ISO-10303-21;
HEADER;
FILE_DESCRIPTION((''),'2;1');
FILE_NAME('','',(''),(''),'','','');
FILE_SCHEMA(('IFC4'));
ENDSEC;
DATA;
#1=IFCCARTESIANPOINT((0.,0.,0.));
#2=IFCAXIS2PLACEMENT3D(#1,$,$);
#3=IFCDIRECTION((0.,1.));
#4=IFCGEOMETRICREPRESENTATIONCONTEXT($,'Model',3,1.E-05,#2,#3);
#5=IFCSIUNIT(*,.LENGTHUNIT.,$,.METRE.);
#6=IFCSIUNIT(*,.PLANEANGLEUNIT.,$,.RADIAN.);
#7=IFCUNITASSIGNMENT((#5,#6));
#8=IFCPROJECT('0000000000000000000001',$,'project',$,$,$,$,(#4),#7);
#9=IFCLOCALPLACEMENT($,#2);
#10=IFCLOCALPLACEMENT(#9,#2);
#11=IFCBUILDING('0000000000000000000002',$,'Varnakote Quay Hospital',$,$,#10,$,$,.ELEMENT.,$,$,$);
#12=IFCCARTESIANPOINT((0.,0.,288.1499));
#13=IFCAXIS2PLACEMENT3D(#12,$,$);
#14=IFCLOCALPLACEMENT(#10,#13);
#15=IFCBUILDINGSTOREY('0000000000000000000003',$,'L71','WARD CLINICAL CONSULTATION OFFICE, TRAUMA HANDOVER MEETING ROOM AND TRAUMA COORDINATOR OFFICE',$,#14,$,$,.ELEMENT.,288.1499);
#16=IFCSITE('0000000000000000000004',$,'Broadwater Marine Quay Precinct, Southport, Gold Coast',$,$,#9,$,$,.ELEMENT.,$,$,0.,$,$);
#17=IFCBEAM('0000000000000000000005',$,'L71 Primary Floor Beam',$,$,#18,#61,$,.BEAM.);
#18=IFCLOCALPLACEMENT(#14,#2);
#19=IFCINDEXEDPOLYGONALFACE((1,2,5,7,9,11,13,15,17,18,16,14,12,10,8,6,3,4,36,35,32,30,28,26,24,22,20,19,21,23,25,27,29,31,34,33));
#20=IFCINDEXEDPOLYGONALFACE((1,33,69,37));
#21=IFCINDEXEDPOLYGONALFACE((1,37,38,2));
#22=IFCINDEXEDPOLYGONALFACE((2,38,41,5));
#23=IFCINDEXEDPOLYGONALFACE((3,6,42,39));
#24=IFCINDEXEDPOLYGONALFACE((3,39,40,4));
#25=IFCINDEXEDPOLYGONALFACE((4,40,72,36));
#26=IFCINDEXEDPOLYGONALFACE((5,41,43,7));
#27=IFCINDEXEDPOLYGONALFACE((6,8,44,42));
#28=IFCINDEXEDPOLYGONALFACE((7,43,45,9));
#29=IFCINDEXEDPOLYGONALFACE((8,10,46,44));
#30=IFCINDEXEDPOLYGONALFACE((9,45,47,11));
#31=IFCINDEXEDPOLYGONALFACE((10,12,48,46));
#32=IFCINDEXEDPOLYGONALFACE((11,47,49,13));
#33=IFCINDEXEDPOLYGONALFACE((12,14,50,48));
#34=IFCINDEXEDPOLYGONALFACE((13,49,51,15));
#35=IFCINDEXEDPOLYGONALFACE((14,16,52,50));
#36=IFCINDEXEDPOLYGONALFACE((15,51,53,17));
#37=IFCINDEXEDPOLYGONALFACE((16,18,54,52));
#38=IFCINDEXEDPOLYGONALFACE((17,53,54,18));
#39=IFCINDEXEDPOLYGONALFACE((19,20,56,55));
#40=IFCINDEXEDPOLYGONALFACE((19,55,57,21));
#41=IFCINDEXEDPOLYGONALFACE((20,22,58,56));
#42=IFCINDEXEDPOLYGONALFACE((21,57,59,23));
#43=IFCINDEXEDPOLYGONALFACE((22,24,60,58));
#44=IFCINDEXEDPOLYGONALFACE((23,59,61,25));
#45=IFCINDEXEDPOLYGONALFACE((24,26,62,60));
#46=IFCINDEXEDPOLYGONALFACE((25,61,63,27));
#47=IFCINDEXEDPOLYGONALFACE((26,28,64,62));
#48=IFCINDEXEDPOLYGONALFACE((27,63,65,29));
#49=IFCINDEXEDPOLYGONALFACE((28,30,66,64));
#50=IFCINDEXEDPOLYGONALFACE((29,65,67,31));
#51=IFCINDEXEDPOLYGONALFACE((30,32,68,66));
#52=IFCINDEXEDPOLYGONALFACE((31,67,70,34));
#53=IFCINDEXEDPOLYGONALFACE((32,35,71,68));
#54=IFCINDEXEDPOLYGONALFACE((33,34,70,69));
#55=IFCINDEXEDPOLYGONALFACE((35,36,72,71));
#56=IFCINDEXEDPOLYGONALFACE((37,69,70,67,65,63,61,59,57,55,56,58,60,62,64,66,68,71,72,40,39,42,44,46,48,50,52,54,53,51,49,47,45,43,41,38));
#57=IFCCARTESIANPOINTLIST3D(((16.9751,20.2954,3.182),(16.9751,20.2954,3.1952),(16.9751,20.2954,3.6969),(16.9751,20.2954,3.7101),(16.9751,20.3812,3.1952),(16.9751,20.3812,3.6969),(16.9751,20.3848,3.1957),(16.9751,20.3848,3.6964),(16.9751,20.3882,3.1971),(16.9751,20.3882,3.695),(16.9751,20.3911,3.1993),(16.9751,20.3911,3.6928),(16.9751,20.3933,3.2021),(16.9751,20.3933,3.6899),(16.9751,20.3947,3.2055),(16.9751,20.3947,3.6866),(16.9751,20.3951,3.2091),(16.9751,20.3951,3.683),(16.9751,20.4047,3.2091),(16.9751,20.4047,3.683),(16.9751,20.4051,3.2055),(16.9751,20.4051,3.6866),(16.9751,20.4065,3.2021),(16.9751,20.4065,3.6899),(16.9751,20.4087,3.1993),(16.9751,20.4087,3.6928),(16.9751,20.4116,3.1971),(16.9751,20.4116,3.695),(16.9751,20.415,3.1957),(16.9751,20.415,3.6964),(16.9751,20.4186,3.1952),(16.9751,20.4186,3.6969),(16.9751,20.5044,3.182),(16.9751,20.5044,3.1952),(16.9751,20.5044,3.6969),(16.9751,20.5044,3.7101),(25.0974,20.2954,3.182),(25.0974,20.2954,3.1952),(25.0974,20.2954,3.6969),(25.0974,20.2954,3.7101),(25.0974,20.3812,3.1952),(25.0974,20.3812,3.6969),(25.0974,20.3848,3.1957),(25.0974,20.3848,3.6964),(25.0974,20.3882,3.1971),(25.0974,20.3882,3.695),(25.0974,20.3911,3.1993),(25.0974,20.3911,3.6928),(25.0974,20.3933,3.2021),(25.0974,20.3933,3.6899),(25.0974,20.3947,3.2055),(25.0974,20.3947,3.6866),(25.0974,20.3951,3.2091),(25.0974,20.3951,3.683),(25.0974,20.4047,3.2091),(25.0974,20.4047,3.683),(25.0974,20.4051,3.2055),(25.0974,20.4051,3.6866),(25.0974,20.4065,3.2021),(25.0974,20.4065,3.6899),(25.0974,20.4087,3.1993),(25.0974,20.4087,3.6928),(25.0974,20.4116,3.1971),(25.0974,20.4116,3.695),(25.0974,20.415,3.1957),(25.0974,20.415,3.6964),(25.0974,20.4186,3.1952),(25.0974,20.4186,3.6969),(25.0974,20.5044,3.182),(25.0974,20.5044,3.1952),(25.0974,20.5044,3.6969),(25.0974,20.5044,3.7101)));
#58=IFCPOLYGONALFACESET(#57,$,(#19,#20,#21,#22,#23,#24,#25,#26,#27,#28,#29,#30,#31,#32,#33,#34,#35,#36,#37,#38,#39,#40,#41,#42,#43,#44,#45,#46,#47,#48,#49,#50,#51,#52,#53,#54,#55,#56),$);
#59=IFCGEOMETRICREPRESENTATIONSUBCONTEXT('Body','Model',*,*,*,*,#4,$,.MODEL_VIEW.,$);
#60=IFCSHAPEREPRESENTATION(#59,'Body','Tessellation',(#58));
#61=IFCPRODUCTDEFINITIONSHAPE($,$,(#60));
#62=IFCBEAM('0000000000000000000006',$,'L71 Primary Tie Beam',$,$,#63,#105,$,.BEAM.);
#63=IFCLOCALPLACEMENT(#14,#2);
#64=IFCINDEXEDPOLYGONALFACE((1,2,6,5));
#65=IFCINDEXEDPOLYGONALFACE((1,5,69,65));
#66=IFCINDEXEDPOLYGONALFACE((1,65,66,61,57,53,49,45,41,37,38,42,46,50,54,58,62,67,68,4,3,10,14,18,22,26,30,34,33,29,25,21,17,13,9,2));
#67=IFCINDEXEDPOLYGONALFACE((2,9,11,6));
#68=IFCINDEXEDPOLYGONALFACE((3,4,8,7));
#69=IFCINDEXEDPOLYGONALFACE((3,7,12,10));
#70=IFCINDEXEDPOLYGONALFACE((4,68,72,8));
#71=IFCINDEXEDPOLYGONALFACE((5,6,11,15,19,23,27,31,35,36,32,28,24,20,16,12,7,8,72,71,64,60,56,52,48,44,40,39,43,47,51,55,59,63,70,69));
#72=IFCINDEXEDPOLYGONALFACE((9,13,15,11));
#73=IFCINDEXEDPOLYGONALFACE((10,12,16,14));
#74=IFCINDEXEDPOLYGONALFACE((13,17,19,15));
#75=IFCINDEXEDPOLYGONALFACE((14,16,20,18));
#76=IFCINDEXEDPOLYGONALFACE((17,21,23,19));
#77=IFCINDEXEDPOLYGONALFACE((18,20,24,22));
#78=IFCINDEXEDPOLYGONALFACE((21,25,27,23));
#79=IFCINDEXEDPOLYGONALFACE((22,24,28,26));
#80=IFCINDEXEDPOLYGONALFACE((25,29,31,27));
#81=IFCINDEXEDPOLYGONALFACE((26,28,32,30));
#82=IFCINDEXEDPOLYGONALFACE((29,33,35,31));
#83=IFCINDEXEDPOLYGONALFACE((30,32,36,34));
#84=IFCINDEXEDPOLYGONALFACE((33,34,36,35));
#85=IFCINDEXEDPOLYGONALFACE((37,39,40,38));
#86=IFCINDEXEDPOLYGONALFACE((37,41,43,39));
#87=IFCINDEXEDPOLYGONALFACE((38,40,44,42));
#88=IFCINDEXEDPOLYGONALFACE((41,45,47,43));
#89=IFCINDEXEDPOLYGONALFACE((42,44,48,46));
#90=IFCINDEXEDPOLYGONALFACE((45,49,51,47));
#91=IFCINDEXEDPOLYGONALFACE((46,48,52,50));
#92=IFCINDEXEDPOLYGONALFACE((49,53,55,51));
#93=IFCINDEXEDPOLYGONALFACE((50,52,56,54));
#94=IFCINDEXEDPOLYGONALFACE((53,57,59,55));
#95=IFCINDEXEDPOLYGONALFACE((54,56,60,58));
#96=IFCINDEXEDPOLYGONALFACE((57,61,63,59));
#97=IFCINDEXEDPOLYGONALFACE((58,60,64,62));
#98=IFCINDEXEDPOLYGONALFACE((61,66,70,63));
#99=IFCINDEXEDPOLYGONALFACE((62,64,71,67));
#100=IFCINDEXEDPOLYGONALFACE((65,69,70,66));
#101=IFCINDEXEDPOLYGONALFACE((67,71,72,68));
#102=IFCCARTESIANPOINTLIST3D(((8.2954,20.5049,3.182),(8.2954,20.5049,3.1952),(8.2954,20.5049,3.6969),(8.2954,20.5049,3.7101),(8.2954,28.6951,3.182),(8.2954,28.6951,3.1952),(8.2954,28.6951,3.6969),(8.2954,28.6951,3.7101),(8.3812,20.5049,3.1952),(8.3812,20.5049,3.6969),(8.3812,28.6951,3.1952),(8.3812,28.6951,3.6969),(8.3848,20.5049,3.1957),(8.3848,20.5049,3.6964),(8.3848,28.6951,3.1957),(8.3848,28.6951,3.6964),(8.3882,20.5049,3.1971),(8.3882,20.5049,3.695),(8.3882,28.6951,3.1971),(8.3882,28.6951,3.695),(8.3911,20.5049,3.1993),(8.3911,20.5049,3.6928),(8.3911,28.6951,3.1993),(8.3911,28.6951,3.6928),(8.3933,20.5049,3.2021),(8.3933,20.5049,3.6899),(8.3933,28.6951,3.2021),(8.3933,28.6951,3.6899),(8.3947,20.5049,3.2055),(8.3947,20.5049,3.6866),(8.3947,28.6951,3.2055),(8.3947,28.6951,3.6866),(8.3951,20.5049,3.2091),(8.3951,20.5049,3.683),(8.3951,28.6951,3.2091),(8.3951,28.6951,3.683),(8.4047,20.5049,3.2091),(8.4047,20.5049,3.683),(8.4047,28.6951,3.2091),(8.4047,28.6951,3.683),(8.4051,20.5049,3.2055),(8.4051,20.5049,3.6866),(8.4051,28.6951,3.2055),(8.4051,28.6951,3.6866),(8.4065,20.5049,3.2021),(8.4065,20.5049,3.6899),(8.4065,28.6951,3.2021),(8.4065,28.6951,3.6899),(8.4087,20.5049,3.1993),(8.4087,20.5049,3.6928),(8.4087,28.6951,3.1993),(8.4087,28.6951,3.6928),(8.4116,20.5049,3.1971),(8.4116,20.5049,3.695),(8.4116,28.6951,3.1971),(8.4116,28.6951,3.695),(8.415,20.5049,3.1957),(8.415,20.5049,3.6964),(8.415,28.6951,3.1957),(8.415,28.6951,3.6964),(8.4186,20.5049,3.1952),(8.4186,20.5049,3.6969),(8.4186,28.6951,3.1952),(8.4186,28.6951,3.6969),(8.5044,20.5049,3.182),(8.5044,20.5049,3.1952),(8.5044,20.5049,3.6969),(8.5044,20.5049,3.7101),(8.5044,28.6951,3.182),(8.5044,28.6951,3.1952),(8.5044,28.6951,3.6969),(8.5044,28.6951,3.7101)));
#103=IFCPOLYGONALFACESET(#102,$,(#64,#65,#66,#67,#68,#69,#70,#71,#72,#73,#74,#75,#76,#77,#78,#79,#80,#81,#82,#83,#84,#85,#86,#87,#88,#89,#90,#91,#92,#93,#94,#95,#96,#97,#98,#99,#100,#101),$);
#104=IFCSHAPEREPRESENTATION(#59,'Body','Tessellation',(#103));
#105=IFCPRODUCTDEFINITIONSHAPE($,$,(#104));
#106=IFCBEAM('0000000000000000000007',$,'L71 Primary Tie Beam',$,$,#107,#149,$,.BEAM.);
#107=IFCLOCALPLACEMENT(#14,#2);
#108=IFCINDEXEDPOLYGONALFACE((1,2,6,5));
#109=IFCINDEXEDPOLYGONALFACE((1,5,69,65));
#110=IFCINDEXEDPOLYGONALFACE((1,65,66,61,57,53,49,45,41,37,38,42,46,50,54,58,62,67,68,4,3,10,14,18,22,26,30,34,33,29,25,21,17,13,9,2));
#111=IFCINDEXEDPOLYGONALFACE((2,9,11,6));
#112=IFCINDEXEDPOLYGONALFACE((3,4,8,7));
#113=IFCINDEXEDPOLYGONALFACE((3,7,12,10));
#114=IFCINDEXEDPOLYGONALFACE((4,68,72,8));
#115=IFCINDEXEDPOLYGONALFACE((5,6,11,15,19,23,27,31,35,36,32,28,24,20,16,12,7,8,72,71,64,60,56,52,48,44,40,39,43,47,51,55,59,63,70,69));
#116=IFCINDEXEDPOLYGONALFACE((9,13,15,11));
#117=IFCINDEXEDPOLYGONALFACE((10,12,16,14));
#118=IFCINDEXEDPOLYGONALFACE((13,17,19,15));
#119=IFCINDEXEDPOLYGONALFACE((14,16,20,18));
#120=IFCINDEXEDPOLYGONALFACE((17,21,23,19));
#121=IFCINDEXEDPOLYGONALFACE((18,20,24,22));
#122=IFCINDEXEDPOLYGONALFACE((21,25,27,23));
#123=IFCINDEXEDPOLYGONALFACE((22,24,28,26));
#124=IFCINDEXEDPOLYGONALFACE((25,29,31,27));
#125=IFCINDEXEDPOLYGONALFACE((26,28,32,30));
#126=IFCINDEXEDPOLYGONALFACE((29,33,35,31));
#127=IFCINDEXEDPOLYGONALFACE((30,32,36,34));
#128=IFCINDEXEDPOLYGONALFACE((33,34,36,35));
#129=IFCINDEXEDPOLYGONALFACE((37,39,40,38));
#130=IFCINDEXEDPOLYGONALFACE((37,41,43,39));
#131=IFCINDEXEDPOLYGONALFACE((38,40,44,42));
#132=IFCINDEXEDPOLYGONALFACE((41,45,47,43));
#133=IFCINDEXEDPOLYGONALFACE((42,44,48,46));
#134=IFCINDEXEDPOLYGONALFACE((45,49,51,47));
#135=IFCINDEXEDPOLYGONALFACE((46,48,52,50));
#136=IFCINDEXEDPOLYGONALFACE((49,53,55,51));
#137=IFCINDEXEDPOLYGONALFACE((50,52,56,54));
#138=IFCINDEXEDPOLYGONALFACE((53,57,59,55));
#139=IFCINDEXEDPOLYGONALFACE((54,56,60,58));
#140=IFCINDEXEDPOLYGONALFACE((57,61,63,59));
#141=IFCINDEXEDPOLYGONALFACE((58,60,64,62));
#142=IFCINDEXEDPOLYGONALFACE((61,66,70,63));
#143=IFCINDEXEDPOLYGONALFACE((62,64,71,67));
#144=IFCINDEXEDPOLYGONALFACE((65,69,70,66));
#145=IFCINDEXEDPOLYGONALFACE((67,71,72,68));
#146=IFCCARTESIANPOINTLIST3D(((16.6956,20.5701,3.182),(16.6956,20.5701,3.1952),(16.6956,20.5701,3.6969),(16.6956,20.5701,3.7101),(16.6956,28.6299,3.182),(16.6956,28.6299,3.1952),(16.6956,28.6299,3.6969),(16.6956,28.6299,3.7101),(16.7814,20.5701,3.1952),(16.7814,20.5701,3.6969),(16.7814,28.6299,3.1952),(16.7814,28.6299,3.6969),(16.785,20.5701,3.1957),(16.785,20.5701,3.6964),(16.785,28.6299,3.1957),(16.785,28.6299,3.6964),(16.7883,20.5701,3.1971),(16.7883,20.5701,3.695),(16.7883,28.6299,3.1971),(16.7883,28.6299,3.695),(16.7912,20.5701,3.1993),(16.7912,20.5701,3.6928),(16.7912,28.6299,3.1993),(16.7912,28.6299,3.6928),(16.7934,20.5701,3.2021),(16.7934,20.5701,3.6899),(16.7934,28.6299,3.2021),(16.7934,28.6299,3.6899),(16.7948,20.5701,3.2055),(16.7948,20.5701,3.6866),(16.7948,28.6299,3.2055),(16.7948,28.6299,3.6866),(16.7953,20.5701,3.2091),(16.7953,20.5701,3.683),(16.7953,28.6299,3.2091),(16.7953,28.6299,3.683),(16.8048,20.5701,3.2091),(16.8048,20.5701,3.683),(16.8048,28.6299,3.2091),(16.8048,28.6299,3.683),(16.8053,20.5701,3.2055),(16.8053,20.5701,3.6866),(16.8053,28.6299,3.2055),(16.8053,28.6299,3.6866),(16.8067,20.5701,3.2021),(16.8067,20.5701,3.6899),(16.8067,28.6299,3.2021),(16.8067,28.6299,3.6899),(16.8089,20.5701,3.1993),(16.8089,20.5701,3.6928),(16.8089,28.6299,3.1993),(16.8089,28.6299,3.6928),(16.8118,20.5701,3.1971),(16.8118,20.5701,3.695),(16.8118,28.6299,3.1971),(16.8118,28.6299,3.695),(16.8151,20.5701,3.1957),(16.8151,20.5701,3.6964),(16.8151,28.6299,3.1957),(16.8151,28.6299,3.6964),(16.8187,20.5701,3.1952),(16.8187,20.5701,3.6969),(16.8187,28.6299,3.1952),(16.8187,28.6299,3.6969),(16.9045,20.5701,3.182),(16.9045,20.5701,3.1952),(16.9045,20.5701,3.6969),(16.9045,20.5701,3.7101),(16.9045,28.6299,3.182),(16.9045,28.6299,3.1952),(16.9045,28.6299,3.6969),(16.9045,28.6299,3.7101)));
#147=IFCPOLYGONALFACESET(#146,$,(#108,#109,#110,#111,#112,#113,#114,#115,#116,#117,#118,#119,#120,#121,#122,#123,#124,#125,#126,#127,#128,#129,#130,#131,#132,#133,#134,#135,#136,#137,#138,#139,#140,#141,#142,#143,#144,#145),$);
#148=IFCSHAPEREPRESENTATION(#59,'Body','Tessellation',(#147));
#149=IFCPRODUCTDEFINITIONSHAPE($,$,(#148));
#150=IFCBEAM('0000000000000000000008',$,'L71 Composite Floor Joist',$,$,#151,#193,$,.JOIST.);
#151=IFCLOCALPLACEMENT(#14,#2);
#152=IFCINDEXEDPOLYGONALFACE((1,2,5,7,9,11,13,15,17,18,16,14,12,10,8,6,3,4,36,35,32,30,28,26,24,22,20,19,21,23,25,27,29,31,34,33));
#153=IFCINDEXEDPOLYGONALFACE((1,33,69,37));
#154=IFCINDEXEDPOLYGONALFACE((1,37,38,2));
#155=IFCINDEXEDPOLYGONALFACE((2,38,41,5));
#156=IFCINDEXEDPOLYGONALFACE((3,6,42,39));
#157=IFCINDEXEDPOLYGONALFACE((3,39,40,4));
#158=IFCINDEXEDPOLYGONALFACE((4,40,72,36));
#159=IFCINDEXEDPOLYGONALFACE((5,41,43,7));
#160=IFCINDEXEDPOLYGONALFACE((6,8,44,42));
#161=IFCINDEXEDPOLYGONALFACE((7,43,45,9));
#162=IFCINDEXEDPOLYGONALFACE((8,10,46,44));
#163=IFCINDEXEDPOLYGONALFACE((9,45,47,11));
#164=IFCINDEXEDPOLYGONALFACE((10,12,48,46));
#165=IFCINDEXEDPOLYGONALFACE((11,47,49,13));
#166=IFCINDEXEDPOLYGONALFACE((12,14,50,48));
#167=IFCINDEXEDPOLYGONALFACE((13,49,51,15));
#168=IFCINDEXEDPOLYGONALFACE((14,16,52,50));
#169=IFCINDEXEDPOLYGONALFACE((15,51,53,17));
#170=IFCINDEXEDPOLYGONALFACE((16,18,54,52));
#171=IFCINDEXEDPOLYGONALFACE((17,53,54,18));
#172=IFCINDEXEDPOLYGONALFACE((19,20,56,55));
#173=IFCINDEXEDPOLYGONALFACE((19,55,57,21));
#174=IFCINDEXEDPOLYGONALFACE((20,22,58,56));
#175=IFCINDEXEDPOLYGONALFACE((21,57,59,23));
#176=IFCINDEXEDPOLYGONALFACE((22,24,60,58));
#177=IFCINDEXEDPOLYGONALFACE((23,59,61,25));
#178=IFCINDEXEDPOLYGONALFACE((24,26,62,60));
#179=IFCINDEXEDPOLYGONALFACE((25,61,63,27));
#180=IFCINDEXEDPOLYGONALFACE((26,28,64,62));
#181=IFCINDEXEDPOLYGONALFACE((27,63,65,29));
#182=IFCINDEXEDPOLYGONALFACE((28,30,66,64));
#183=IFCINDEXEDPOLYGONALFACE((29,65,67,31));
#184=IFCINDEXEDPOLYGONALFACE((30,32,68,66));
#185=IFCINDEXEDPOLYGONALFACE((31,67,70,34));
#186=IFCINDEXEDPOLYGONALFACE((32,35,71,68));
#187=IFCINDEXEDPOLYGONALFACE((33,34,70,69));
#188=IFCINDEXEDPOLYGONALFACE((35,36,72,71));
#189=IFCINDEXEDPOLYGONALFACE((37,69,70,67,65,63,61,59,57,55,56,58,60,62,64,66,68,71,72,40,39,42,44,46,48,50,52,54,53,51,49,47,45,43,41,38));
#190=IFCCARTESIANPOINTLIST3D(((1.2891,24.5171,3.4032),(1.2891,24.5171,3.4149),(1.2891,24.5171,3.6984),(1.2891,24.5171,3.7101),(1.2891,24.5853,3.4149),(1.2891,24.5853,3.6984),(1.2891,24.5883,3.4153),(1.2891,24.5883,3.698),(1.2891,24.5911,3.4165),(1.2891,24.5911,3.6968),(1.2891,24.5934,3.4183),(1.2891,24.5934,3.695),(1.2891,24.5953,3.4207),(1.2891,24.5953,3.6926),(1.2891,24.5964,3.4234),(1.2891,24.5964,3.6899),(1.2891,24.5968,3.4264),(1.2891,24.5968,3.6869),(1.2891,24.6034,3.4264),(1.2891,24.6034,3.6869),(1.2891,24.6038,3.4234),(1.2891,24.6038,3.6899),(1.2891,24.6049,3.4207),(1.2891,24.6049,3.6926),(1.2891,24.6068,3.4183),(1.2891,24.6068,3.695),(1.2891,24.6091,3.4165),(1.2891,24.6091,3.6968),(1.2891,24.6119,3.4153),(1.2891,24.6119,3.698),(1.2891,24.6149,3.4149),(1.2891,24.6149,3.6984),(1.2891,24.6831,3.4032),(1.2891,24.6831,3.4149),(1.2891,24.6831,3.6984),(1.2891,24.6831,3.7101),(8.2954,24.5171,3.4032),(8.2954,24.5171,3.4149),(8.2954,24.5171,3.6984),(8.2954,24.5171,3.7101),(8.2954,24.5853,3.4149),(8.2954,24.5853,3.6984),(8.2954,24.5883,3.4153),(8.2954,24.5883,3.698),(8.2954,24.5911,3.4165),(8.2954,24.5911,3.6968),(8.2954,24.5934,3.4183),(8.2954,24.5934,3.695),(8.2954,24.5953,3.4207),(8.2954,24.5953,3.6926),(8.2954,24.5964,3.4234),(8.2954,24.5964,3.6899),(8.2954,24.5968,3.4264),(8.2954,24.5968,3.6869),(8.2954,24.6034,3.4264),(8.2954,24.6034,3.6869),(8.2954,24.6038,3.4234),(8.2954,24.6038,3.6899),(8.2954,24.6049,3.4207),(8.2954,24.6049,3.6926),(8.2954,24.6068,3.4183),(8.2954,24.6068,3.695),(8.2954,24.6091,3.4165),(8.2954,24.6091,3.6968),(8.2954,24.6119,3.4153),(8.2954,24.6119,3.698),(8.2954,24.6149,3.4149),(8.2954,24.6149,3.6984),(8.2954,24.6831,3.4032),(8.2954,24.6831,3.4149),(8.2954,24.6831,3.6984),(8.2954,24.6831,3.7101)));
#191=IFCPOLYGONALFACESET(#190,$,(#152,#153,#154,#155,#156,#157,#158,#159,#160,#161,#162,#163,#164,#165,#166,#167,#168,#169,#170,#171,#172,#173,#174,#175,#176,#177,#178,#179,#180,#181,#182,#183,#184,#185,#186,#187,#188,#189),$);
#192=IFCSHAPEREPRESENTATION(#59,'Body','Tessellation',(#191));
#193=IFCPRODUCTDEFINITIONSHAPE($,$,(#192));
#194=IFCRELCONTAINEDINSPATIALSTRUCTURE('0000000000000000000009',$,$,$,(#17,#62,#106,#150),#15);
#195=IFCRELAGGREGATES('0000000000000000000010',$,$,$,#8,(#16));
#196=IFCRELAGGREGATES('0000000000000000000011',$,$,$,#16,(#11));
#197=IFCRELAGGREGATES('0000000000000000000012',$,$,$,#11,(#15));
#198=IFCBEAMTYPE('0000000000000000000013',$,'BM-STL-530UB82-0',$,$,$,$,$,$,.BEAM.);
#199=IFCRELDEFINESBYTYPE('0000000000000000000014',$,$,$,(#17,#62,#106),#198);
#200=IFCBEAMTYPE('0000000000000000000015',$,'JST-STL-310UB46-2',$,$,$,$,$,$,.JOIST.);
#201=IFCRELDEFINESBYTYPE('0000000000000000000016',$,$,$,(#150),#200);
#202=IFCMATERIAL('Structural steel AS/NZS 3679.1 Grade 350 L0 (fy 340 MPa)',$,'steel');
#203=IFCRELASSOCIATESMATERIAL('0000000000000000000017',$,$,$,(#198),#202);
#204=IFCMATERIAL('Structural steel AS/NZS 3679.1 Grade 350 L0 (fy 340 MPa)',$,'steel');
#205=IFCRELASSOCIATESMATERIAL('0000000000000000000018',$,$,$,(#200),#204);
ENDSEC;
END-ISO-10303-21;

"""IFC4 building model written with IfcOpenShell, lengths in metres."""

from ifc_helpers import new_model, si_unit, direction, frame, origin, origin_2d, place, context, subcontext, project, spatial, i_section, extrude, material, material_profile, profile_set, type_object, element, save


model = new_model("IFC4")

# Units and contexts
model_context = context("Model", 3, precision=1e-05, world=origin(), true_north=direction((0.0, 1.0)))
body_context = subcontext(model_context, "Body", "Model", "MODEL_VIEW")
ifc_project = project(units=[si_unit("LENGTHUNIT", "METRE"), si_unit("PLANEANGLEUNIT", "RADIAN")], contexts=[model_context])

# Site, building, storey
site_placement = place(None, origin())
site = spatial("IfcSite", under=ifc_project, at=site_placement, Name="Broadwater Marine Quay Precinct, Southport, Gold Coast", CompositionType="ELEMENT", RefElevation=0.0)
building_placement = place(site_placement, origin())
building = spatial("IfcBuilding", under=site, at=building_placement, Name="Varnakote Quay Hospital", CompositionType="ELEMENT")
storey_placement = place(building_placement, frame((0.0, 0.0, 288.1499)))
storey = spatial("IfcBuildingStorey", under=building, at=storey_placement, Name="L71", Description="WARD CLINICAL CONSULTATION OFFICE, TRAUMA HANDOVER MEETING ROOM AND TRAUMA COORDINATOR OFFICE", CompositionType="ELEMENT", Elevation=288.1499)

# Beams
ifc_material_1 = material(Name="Structural steel AS/NZS 3679.1 Grade 350 L0 (fy 340 MPa)", Category="steel")
ifc_material_profile_1 = material_profile(ifc_material_1, i_section(OverallWidth=0.209, OverallDepth=0.5281, WebThickness=0.0095, FlangeThickness=0.0132, FilletRadius=0.0139, at=origin_2d()), Name="530UB82.0")
ifc_profile_set_1 = profile_set([ifc_material_profile_1], Name="Structural steel AS/NZS 3679.1 Grade 350 L0 (fy 340 MPa)")
beam_type_1 = type_object("IfcBeamType", Name="BM-STL-530UB82-0", PredefinedType="BEAM", material=ifc_profile_set_1)
beam_1_placement = place(storey_placement, frame((16.9751, 20.3999, 3.446), z_axis=(1.0, 0.0, 0.0), x_axis=(0.0, 1.0, 0.0)))
element("IfcBeam", 1, at=beam_1_placement, inside=storey, type_object=beam_type_1, Name="L71 Primary Floor Beam", PredefinedType="BEAM", context=body_context, shape_type="SweptSolid", body=[
    extrude(i_section(OverallWidth=0.209, OverallDepth=0.5281, WebThickness=0.0095, FlangeThickness=0.0132, FilletRadius=0.0139, at=origin_2d()), origin(), (0.0, 0.0, 1.0), 8.1223),
])
beam_2_placement = place(storey_placement, frame((8.3999, 20.5049, 3.446), z_axis=(0.0, 1.0, 0.0), x_axis=(-1.0, 0.0, 0.0)))
element("IfcBeam", 2, at=beam_2_placement, inside=storey, type_object=beam_type_1, Name="L71 Primary Tie Beam", PredefinedType="BEAM", context=body_context, shape_type="SweptSolid", body=[
    extrude(i_section(OverallWidth=0.209, OverallDepth=0.5281, WebThickness=0.0095, FlangeThickness=0.0132, FilletRadius=0.0139, at=origin_2d()), origin(), (0.0, 0.0, 1.0), 8.1902),
])
beam_3_placement = place(storey_placement, frame((16.8, 20.5701, 3.446), z_axis=(0.0, 1.0, 0.0), x_axis=(-1.0, 0.0, 0.0)))
element("IfcBeam", 3, at=beam_3_placement, inside=storey, type_object=beam_type_1, Name="L71 Primary Tie Beam", PredefinedType="BEAM", context=body_context, shape_type="SweptSolid", body=[
    extrude(i_section(OverallWidth=0.209, OverallDepth=0.5281, WebThickness=0.0095, FlangeThickness=0.0132, FilletRadius=0.0139, at=origin_2d()), origin(), (0.0, 0.0, 1.0), 8.0598),
])
ifc_material_2 = material(Name="Structural steel AS/NZS 3679.1 Grade 350 L0 (fy 340 MPa)", Category="steel")
ifc_material_profile_2 = material_profile(ifc_material_2, i_section(OverallWidth=0.166, OverallDepth=0.3069, WebThickness=0.0066, FlangeThickness=0.0117, FilletRadius=0.0115, at=origin_2d()), Name="310UB46.2")
ifc_profile_set_2 = profile_set([ifc_material_profile_2], Name="Structural steel AS/NZS 3679.1 Grade 350 L0 (fy 340 MPa)")
beam_type_2 = type_object("IfcBeamType", Name="JST-STL-310UB46-2", PredefinedType="JOIST", material=ifc_profile_set_2)
beam_4_placement = place(storey_placement, frame((1.2891, 24.6001, 3.5566), z_axis=(1.0, 0.0, 0.0), x_axis=(0.0, 1.0, 0.0)))
element("IfcBeam", 4, at=beam_4_placement, inside=storey, type_object=beam_type_2, Name="L71 Composite Floor Joist", PredefinedType="JOIST", context=body_context, shape_type="SweptSolid", body=[
    extrude(i_section(OverallWidth=0.166, OverallDepth=0.3069, WebThickness=0.0066, FlangeThickness=0.0117, FilletRadius=0.0115, at=origin_2d()), origin(), (0.0, 0.0, 1.0), 7.0063),
])

save(model, "model.ifc")
